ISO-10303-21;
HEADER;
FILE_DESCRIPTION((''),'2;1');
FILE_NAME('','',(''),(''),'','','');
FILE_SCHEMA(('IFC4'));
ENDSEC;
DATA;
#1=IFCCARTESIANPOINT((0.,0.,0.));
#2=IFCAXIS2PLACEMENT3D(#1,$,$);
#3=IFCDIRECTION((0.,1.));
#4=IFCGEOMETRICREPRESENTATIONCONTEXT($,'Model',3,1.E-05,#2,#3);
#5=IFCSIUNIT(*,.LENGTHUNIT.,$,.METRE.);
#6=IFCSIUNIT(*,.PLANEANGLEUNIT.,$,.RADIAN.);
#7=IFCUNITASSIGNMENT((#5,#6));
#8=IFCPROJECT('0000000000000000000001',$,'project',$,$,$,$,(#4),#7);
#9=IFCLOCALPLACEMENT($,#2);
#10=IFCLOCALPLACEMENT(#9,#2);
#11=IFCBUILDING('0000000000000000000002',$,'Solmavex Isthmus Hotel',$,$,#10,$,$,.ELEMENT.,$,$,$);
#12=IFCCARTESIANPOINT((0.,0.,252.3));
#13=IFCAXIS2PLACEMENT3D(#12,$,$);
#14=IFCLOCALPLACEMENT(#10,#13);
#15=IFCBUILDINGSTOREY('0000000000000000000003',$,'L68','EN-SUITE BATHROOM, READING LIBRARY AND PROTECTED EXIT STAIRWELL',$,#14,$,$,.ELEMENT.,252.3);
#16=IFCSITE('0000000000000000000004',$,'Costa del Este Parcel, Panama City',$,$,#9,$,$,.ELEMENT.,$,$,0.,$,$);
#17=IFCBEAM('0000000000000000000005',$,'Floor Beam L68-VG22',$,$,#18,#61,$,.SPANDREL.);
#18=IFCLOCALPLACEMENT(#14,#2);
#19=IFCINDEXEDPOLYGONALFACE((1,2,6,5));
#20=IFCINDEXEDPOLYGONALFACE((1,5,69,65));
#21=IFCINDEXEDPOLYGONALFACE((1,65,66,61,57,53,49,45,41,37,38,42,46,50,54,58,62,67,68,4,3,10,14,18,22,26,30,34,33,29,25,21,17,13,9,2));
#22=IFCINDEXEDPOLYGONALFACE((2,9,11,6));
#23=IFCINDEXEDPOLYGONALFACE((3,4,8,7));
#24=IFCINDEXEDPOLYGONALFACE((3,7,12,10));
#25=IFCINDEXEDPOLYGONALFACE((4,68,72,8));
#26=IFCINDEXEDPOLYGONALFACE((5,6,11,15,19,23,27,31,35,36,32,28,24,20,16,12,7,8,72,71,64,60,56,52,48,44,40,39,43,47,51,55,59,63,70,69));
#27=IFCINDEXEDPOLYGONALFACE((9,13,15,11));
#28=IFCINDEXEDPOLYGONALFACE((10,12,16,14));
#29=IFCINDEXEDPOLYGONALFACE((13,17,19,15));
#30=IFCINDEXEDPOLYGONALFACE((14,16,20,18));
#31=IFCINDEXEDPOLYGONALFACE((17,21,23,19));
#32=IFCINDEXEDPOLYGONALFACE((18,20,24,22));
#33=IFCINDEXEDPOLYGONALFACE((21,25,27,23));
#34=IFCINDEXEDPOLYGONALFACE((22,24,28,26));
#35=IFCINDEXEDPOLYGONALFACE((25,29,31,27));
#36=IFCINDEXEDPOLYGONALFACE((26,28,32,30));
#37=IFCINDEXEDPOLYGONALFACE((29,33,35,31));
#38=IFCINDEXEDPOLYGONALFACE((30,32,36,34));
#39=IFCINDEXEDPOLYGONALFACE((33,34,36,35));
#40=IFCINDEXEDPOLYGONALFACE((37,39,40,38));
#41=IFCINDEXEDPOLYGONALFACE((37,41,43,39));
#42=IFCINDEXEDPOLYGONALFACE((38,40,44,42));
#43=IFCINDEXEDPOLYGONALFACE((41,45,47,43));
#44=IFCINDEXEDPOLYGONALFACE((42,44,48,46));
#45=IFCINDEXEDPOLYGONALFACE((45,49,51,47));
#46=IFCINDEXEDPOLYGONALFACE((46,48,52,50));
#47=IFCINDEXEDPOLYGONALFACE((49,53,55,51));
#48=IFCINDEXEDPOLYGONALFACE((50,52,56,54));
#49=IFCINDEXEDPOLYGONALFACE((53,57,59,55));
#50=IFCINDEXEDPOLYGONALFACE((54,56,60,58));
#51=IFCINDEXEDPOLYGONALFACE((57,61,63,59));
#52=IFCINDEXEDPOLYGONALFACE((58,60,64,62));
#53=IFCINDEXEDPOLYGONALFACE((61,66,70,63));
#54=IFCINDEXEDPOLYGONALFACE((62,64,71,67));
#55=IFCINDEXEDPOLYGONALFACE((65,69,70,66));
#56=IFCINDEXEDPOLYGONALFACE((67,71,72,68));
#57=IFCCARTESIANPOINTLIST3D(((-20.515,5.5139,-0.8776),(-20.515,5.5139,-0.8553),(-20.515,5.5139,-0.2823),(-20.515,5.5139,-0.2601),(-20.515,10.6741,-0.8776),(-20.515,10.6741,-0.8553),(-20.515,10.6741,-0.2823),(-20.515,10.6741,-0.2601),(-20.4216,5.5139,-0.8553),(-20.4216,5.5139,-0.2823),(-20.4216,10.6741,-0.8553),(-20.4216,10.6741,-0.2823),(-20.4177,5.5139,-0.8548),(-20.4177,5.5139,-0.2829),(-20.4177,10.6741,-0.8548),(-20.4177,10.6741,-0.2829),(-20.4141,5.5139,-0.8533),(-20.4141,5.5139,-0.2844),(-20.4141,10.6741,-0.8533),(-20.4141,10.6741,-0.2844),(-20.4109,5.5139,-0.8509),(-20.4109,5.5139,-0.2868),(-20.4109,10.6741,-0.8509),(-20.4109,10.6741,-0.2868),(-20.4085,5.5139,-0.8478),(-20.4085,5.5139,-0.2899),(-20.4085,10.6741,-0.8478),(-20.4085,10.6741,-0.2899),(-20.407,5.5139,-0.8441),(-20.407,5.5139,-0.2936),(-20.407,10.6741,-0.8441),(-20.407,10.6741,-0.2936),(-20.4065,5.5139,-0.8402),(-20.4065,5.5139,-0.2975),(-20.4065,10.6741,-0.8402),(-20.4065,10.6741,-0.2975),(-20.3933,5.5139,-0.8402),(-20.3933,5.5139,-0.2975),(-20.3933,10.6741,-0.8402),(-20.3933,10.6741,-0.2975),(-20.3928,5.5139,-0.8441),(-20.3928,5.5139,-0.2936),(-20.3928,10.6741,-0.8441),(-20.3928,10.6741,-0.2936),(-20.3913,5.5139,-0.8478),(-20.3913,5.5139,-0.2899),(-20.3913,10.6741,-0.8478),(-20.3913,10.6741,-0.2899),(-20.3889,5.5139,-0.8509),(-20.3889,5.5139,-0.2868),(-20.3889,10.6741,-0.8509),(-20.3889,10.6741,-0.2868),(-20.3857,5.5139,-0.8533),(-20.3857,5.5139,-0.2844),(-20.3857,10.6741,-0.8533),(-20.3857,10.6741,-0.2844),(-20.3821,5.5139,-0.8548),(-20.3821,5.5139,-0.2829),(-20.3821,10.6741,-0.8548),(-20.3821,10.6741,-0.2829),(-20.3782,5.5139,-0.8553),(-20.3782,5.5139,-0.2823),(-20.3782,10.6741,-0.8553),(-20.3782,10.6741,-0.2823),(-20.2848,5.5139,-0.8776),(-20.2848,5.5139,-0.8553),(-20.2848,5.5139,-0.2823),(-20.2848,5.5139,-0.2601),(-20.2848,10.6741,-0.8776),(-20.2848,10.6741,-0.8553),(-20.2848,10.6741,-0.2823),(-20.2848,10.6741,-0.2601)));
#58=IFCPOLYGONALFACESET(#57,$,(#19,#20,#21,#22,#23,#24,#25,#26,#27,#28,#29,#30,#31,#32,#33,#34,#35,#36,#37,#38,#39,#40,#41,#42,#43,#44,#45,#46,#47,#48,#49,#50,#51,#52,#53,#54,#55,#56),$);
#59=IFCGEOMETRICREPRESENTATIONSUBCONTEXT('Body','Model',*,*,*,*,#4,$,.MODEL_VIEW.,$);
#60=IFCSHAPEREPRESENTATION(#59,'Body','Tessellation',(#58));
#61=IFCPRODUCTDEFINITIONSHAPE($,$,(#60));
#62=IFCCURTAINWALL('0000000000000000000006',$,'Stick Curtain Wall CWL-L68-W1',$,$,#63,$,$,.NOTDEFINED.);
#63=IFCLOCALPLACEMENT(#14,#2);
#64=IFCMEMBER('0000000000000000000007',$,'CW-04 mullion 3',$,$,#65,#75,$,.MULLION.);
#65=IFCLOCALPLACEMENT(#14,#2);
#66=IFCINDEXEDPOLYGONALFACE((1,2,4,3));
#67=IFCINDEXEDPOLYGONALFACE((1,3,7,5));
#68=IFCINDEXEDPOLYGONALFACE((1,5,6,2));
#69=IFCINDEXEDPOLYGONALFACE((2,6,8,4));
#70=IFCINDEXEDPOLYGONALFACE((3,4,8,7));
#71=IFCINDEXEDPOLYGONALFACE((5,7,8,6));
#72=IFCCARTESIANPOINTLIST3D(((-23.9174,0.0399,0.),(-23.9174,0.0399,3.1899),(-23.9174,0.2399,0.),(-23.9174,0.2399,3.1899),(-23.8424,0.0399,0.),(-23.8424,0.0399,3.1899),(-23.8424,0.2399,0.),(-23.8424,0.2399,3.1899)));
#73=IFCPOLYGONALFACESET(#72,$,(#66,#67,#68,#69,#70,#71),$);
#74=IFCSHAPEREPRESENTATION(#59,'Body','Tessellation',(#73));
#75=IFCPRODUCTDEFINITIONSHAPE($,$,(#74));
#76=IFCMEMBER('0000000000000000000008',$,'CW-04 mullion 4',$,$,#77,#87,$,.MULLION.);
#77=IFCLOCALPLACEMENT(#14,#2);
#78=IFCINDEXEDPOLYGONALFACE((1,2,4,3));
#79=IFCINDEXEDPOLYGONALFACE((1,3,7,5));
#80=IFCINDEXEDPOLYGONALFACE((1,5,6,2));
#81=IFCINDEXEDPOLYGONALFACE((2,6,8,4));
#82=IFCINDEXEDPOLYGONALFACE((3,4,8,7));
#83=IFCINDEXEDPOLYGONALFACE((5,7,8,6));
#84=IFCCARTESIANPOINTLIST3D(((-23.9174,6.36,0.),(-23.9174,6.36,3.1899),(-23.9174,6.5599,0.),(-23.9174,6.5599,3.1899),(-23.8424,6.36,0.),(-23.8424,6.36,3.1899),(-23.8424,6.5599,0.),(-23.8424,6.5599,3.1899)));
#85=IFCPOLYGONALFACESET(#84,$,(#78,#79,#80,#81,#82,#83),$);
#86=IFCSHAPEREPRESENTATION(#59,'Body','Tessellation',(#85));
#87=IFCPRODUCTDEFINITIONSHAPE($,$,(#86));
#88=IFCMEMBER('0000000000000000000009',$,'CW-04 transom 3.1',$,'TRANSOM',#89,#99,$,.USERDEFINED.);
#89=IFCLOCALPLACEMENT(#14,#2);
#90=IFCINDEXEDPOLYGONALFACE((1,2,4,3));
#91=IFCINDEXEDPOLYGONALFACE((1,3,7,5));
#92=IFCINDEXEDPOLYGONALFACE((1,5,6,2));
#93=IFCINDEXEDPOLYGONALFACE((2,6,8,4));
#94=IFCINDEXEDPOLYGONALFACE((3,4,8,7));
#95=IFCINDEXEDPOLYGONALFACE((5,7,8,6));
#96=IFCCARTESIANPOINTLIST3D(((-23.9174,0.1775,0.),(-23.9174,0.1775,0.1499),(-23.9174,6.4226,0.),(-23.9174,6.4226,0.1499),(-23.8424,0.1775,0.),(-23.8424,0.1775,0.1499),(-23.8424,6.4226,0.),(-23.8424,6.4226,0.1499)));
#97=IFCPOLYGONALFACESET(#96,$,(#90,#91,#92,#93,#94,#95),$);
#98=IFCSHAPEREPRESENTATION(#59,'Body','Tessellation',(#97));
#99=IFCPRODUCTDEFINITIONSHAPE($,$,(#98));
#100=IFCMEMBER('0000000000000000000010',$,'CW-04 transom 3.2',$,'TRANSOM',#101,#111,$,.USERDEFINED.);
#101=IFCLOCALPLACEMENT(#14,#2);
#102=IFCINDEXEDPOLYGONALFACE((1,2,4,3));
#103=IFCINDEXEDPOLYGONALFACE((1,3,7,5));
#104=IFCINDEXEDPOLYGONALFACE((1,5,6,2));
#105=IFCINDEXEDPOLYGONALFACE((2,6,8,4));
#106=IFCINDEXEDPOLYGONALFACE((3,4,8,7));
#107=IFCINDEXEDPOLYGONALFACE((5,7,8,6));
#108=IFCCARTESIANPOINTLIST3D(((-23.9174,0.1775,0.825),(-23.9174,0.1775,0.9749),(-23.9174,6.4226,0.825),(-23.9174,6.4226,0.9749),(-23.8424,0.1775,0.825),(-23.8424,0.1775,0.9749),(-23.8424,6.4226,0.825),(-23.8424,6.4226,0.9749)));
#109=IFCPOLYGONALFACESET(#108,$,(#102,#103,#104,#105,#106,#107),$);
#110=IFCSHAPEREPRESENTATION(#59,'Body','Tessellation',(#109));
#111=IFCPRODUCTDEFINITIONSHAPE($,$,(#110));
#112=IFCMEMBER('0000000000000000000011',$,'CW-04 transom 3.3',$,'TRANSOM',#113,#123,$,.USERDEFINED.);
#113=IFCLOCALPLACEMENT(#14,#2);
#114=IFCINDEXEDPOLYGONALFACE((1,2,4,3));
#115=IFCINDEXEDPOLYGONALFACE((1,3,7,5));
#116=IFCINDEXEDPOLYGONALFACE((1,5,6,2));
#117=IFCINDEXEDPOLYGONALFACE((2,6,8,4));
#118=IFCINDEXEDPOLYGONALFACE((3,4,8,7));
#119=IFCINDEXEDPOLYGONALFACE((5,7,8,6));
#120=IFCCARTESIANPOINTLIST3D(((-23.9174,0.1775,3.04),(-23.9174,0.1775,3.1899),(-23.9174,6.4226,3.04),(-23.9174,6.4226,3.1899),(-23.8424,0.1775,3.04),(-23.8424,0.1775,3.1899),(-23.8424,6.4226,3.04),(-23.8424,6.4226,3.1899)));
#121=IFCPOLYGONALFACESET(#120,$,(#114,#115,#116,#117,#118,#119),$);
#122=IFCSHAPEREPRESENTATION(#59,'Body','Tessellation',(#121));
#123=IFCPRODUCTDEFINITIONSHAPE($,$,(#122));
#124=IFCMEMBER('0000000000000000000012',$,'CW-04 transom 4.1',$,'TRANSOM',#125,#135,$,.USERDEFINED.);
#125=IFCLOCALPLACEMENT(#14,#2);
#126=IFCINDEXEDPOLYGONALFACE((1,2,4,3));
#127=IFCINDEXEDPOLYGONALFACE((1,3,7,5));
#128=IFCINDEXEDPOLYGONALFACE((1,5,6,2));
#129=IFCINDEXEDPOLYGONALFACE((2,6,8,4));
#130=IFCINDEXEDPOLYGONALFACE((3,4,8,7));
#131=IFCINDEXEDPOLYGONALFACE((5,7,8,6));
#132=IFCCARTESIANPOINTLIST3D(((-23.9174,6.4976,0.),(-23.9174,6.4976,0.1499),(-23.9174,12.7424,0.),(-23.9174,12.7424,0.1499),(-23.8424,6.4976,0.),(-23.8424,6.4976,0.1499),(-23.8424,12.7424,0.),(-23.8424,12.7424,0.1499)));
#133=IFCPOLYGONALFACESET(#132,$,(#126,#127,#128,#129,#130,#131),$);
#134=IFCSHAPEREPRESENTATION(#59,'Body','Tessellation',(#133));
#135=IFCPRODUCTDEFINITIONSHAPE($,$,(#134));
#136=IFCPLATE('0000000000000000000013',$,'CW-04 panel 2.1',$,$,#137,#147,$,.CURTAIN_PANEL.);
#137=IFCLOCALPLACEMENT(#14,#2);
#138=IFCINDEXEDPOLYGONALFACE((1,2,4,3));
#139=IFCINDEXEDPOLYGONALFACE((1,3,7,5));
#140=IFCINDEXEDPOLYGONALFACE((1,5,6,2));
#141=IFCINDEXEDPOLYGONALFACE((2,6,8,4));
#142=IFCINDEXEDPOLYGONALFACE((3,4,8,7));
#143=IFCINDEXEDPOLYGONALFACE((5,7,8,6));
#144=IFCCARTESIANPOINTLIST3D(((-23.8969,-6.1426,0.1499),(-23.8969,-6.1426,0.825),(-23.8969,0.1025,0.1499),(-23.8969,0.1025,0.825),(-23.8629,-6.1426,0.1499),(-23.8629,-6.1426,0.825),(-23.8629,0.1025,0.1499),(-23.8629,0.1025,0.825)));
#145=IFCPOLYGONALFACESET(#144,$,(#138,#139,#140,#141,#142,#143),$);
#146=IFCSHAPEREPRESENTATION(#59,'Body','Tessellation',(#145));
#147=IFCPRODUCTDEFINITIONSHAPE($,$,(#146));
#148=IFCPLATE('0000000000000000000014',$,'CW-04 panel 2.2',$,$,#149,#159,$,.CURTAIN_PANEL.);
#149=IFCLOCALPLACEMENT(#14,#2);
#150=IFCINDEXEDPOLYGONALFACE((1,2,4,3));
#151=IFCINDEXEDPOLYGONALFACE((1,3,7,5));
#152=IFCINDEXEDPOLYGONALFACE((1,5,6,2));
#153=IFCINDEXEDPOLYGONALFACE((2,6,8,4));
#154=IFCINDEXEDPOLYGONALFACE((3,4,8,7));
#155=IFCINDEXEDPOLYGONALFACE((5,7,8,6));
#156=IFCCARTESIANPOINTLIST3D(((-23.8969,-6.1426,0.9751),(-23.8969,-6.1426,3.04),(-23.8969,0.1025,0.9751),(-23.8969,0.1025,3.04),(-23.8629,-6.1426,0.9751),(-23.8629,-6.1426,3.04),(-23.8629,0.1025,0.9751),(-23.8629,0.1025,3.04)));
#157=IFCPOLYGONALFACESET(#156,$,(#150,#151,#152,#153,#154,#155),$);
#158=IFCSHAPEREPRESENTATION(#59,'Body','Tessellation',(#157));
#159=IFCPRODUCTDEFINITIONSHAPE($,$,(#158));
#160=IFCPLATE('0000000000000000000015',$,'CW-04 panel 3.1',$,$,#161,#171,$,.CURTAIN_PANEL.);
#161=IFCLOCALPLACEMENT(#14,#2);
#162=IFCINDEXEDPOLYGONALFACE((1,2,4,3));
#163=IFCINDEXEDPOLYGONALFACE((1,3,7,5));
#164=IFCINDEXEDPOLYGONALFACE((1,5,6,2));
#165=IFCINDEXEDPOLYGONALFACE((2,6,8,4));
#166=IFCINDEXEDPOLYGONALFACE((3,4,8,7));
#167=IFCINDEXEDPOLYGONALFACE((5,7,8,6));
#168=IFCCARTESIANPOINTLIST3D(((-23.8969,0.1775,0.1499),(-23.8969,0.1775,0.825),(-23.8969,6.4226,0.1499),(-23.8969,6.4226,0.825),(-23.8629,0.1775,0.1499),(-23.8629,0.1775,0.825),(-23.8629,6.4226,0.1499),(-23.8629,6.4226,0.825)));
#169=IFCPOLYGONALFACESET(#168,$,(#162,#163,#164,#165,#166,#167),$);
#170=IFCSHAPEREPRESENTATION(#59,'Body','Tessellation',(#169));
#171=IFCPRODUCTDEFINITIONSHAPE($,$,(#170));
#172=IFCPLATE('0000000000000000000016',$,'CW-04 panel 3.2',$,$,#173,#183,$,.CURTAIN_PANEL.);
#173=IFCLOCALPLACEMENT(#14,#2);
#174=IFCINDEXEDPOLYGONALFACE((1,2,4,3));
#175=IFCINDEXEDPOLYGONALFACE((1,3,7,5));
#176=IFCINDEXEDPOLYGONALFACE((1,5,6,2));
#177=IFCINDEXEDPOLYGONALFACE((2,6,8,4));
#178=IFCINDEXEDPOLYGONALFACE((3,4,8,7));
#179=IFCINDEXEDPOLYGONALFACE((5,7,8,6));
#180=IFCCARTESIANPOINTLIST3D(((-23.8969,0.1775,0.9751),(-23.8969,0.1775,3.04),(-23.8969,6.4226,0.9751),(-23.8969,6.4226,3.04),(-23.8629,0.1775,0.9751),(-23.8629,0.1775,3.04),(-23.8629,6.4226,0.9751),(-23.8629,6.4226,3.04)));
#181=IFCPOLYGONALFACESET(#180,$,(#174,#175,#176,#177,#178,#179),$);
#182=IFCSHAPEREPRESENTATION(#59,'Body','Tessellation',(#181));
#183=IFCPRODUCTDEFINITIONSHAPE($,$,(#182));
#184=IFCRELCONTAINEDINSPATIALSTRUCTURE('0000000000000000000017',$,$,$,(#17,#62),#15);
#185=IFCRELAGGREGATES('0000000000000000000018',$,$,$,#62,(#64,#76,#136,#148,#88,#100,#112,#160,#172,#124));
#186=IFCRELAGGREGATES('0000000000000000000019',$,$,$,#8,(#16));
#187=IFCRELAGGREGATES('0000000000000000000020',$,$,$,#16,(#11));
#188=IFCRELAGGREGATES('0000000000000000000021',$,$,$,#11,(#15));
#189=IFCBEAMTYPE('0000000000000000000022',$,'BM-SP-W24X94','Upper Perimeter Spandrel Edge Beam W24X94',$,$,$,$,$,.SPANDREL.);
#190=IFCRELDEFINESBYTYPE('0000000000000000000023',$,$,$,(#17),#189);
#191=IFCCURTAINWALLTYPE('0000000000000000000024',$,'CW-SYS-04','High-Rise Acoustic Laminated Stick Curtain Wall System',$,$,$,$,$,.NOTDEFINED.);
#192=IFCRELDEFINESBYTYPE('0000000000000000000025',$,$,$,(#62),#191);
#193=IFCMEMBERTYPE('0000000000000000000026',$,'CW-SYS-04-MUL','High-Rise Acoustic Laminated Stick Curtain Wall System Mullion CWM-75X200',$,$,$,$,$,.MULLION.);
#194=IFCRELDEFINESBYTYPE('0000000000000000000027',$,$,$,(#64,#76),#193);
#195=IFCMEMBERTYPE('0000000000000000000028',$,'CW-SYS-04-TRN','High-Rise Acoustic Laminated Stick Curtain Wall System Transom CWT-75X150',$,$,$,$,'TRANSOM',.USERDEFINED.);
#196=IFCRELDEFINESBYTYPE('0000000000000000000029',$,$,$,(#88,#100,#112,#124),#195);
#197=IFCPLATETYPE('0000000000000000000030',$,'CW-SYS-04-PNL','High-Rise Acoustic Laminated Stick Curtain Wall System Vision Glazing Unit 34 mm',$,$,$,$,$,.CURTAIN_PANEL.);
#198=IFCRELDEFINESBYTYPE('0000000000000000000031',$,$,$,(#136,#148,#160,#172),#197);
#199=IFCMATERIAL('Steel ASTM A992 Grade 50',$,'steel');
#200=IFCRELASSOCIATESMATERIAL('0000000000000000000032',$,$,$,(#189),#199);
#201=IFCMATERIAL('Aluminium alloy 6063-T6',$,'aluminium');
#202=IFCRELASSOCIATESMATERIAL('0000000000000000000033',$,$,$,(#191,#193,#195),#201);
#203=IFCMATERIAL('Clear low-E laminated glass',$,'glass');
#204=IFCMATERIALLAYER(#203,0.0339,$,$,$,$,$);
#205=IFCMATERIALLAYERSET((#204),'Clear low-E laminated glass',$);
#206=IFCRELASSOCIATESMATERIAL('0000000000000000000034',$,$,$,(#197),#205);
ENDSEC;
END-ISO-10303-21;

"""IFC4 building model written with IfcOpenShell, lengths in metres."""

from ifc_helpers import new_model, si_unit, direction, frame, origin, origin_2d, place, context, subcontext, project, spatial, rectangle, i_section, extrude, material, layer, layer_set, material_profile, profile_set, type_object, element, aggregate, save


model = new_model("IFC4")

# Units and contexts
model_context = context("Model", 3, precision=1e-05, world=origin(), true_north=direction((0.0, 1.0)))
body_context = subcontext(model_context, "Body", "Model", "MODEL_VIEW")
ifc_project = project(units=[si_unit("LENGTHUNIT", "METRE"), si_unit("PLANEANGLEUNIT", "RADIAN")], contexts=[model_context])

# Site, building, storey
site_placement = place(None, origin())
site = spatial("IfcSite", under=ifc_project, at=site_placement, Name="Costa del Este Parcel, Panama City", CompositionType="ELEMENT", RefElevation=0.0)
building_placement = place(site_placement, origin())
building = spatial("IfcBuilding", under=site, at=building_placement, Name="Solmavex Isthmus Hotel", CompositionType="ELEMENT")
storey_placement = place(building_placement, frame((0.0, 0.0, 252.3)))
storey = spatial("IfcBuildingStorey", under=building, at=storey_placement, Name="L68", Description="EN-SUITE BATHROOM, READING LIBRARY AND PROTECTED EXIT STAIRWELL", CompositionType="ELEMENT", Elevation=252.3)

# Beam
ifc_material_1 = material(Name="Steel ASTM A992 Grade 50", Category="steel")
ifc_material_profile_1 = material_profile(ifc_material_1, i_section(OverallWidth=0.2302, OverallDepth=0.6174, WebThickness=0.0132, FlangeThickness=0.0222, FilletRadius=0.0151, at=origin_2d()), Name="W24X94")
ifc_profile_set_1 = profile_set([ifc_material_profile_1], Name="Steel ASTM A992 Grade 50")
beam_type_1 = type_object("IfcBeamType", Name="BM-SP-W24X94", Description="Upper Perimeter Spandrel Edge Beam W24X94", PredefinedType="SPANDREL", material=ifc_profile_set_1)
beam_1_placement = place(storey_placement, frame((-20.3999, 5.5139, -0.5688), z_axis=(0.0, 1.0, 0.0), x_axis=(-1.0, 0.0, 0.0)))
element("IfcBeam", 1, at=beam_1_placement, inside=storey, type_object=beam_type_1, Name="Floor Beam L68-VG22", PredefinedType="SPANDREL", context=body_context, shape_type="SweptSolid", body=[
    extrude(i_section(OverallWidth=0.2302, OverallDepth=0.6174, WebThickness=0.0132, FlangeThickness=0.0222, FilletRadius=0.0151, at=origin_2d()), origin(), (0.0, 0.0, 1.0), 5.1602),
])

# Curtain wall, members, plates
ifc_material_2 = material(Name="Aluminium alloy 6063-T6", Category="aluminium")
curtain_wall_type = type_object("IfcCurtainWallType", Name="CW-SYS-04", Description="High-Rise Acoustic Laminated Stick Curtain Wall System", PredefinedType="NOTDEFINED", material=ifc_material_2)
curtain_wall_placement = place(storey_placement, origin())
curtain_wall = element("IfcCurtainWall", 2, at=curtain_wall_placement, inside=storey, type_object=curtain_wall_type, Name="Stick Curtain Wall CWL-L68-W1", PredefinedType="NOTDEFINED")
ifc_material_profile_2 = material_profile(ifc_material_2, rectangle(XDim=0.075, YDim=0.2, at=origin_2d()), Name="CWM-75X200")
ifc_profile_set_2 = profile_set([ifc_material_profile_2], Name="Aluminium alloy 6063-T6")
member_type_1 = type_object("IfcMemberType", Name="CW-SYS-04-MUL", Description="High-Rise Acoustic Laminated Stick Curtain Wall System Mullion CWM-75X200", PredefinedType="MULLION", material=ifc_profile_set_2)
member_1_placement = place(storey_placement, frame((-23.8799, 0.1399, 0.0), z_axis=(0.0, 0.0, 1.0), x_axis=(-1.0, 0.0, 0.0)))
member_1 = element("IfcMember", 3, at=member_1_placement, type_object=member_type_1, Name="CW-04 mullion 3", PredefinedType="MULLION", context=body_context, shape_type="SweptSolid", body=[
    extrude(rectangle(XDim=0.075, YDim=0.2, at=origin_2d()), origin(), (0.0, 0.0, 1.0), 3.1899),
])
member_2_placement = place(storey_placement, frame((-23.8799, 6.46, 0.0), z_axis=(0.0, 0.0, 1.0), x_axis=(-1.0, 0.0, 0.0)))
member_2 = element("IfcMember", 4, at=member_2_placement, type_object=member_type_1, Name="CW-04 mullion 4", PredefinedType="MULLION", context=body_context, shape_type="SweptSolid", body=[
    extrude(rectangle(XDim=0.075, YDim=0.2, at=origin_2d()), origin(), (0.0, 0.0, 1.0), 3.1899),
])
ifc_material_profile_3 = material_profile(ifc_material_2, rectangle(XDim=0.075, YDim=0.1499, at=origin_2d()), Name="CWT-75X150")
ifc_profile_set_3 = profile_set([ifc_material_profile_3], Name="Aluminium alloy 6063-T6")
member_type_2 = type_object("IfcMemberType", Name="CW-SYS-04-TRN", Description="High-Rise Acoustic Laminated Stick Curtain Wall System Transom CWT-75X150", ElementType="TRANSOM", PredefinedType="USERDEFINED", material=ifc_profile_set_3)
member_3_placement = place(storey_placement, frame((-23.8799, 0.1775, 0.075), z_axis=(0.0, 1.0, 0.0), x_axis=(-1.0, 0.0, 0.0)))
member_3 = element("IfcMember", 5, at=member_3_placement, type_object=member_type_2, Name="CW-04 transom 3.1", ObjectType="TRANSOM", PredefinedType="USERDEFINED", context=body_context, shape_type="SweptSolid", body=[
    extrude(rectangle(XDim=0.075, YDim=0.1499, at=origin_2d()), origin(), (0.0, 0.0, 1.0), 6.2451),
])
member_4_placement = place(storey_placement, frame((-23.8799, 0.1775, 0.8999), z_axis=(0.0, 1.0, 0.0), x_axis=(-1.0, 0.0, 0.0)))
member_4 = element("IfcMember", 6, at=member_4_placement, type_object=member_type_2, Name="CW-04 transom 3.2", ObjectType="TRANSOM", PredefinedType="USERDEFINED", context=body_context, shape_type="SweptSolid", body=[
    extrude(rectangle(XDim=0.075, YDim=0.1499, at=origin_2d()), origin(), (0.0, 0.0, 1.0), 6.2451),
])
member_5_placement = place(storey_placement, frame((-23.8799, 0.1775, 3.115), z_axis=(0.0, 1.0, 0.0), x_axis=(-1.0, 0.0, 0.0)))
member_5 = element("IfcMember", 7, at=member_5_placement, type_object=member_type_2, Name="CW-04 transom 3.3", ObjectType="TRANSOM", PredefinedType="USERDEFINED", context=body_context, shape_type="SweptSolid", body=[
    extrude(rectangle(XDim=0.075, YDim=0.1499, at=origin_2d()), origin(), (0.0, 0.0, 1.0), 6.2451),
])
member_6_placement = place(storey_placement, frame((-23.8799, 6.4976, 0.075), z_axis=(0.0, 1.0, 0.0), x_axis=(-1.0, 0.0, 0.0)))
member_6 = element("IfcMember", 8, at=member_6_placement, type_object=member_type_2, Name="CW-04 transom 4.1", ObjectType="TRANSOM", PredefinedType="USERDEFINED", context=body_context, shape_type="SweptSolid", body=[
    extrude(rectangle(XDim=0.075, YDim=0.1499, at=origin_2d()), origin(), (0.0, 0.0, 1.0), 6.2449),
])
ifc_material_3 = material(Name="Clear low-E laminated glass", Category="glass")
ifc_layer_1 = layer(ifc_material_3, 0.0339)
ifc_layer_set_1 = layer_set([ifc_layer_1], Name="Clear low-E laminated glass")
plate_type = type_object("IfcPlateType", Name="CW-SYS-04-PNL", Description="High-Rise Acoustic Laminated Stick Curtain Wall System Vision Glazing Unit 34 mm", PredefinedType="CURTAIN_PANEL", material=ifc_layer_set_1)
plate_1_placement = place(storey_placement, frame((-23.8799, -3.02, 0.1499), z_axis=(0.0, 0.0, 1.0), x_axis=(0.0, 1.0, 0.0)))
plate_1 = element("IfcPlate", 9, at=plate_1_placement, type_object=plate_type, Name="CW-04 panel 2.1", PredefinedType="CURTAIN_PANEL", context=body_context, shape_type="SweptSolid", body=[
    extrude(rectangle(XDim=6.2451, YDim=0.0339, at=origin_2d()), origin(), (0.0, 0.0, 1.0), 0.675),
])
plate_2_placement = place(storey_placement, frame((-23.8799, -3.02, 0.9751), z_axis=(0.0, 0.0, 1.0), x_axis=(0.0, 1.0, 0.0)))
plate_2 = element("IfcPlate", 10, at=plate_2_placement, type_object=plate_type, Name="CW-04 panel 2.2", PredefinedType="CURTAIN_PANEL", context=body_context, shape_type="SweptSolid", body=[
    extrude(rectangle(XDim=6.2451, YDim=0.0339, at=origin_2d()), origin(), (0.0, 0.0, 1.0), 2.0649),
])
plate_3_placement = place(storey_placement, frame((-23.8799, 3.3, 0.1499), z_axis=(0.0, 0.0, 1.0), x_axis=(0.0, 1.0, 0.0)))
plate_3 = element("IfcPlate", 11, at=plate_3_placement, type_object=plate_type, Name="CW-04 panel 3.1", PredefinedType="CURTAIN_PANEL", context=body_context, shape_type="SweptSolid", body=[
    extrude(rectangle(XDim=6.2451, YDim=0.0339, at=origin_2d()), origin(), (0.0, 0.0, 1.0), 0.675),
])
plate_4_placement = place(storey_placement, frame((-23.8799, 3.3, 0.9751), z_axis=(0.0, 0.0, 1.0), x_axis=(0.0, 1.0, 0.0)))
plate_4 = element("IfcPlate", 12, at=plate_4_placement, type_object=plate_type, Name="CW-04 panel 3.2", PredefinedType="CURTAIN_PANEL", context=body_context, shape_type="SweptSolid", body=[
    extrude(rectangle(XDim=6.2451, YDim=0.0339, at=origin_2d()), origin(), (0.0, 0.0, 1.0), 2.0649),
])
aggregate(curtain_wall, [member_1, member_2, plate_1, plate_2, member_3, member_4, member_5, plate_3, plate_4, member_6])

save(model, "model.ifc")
